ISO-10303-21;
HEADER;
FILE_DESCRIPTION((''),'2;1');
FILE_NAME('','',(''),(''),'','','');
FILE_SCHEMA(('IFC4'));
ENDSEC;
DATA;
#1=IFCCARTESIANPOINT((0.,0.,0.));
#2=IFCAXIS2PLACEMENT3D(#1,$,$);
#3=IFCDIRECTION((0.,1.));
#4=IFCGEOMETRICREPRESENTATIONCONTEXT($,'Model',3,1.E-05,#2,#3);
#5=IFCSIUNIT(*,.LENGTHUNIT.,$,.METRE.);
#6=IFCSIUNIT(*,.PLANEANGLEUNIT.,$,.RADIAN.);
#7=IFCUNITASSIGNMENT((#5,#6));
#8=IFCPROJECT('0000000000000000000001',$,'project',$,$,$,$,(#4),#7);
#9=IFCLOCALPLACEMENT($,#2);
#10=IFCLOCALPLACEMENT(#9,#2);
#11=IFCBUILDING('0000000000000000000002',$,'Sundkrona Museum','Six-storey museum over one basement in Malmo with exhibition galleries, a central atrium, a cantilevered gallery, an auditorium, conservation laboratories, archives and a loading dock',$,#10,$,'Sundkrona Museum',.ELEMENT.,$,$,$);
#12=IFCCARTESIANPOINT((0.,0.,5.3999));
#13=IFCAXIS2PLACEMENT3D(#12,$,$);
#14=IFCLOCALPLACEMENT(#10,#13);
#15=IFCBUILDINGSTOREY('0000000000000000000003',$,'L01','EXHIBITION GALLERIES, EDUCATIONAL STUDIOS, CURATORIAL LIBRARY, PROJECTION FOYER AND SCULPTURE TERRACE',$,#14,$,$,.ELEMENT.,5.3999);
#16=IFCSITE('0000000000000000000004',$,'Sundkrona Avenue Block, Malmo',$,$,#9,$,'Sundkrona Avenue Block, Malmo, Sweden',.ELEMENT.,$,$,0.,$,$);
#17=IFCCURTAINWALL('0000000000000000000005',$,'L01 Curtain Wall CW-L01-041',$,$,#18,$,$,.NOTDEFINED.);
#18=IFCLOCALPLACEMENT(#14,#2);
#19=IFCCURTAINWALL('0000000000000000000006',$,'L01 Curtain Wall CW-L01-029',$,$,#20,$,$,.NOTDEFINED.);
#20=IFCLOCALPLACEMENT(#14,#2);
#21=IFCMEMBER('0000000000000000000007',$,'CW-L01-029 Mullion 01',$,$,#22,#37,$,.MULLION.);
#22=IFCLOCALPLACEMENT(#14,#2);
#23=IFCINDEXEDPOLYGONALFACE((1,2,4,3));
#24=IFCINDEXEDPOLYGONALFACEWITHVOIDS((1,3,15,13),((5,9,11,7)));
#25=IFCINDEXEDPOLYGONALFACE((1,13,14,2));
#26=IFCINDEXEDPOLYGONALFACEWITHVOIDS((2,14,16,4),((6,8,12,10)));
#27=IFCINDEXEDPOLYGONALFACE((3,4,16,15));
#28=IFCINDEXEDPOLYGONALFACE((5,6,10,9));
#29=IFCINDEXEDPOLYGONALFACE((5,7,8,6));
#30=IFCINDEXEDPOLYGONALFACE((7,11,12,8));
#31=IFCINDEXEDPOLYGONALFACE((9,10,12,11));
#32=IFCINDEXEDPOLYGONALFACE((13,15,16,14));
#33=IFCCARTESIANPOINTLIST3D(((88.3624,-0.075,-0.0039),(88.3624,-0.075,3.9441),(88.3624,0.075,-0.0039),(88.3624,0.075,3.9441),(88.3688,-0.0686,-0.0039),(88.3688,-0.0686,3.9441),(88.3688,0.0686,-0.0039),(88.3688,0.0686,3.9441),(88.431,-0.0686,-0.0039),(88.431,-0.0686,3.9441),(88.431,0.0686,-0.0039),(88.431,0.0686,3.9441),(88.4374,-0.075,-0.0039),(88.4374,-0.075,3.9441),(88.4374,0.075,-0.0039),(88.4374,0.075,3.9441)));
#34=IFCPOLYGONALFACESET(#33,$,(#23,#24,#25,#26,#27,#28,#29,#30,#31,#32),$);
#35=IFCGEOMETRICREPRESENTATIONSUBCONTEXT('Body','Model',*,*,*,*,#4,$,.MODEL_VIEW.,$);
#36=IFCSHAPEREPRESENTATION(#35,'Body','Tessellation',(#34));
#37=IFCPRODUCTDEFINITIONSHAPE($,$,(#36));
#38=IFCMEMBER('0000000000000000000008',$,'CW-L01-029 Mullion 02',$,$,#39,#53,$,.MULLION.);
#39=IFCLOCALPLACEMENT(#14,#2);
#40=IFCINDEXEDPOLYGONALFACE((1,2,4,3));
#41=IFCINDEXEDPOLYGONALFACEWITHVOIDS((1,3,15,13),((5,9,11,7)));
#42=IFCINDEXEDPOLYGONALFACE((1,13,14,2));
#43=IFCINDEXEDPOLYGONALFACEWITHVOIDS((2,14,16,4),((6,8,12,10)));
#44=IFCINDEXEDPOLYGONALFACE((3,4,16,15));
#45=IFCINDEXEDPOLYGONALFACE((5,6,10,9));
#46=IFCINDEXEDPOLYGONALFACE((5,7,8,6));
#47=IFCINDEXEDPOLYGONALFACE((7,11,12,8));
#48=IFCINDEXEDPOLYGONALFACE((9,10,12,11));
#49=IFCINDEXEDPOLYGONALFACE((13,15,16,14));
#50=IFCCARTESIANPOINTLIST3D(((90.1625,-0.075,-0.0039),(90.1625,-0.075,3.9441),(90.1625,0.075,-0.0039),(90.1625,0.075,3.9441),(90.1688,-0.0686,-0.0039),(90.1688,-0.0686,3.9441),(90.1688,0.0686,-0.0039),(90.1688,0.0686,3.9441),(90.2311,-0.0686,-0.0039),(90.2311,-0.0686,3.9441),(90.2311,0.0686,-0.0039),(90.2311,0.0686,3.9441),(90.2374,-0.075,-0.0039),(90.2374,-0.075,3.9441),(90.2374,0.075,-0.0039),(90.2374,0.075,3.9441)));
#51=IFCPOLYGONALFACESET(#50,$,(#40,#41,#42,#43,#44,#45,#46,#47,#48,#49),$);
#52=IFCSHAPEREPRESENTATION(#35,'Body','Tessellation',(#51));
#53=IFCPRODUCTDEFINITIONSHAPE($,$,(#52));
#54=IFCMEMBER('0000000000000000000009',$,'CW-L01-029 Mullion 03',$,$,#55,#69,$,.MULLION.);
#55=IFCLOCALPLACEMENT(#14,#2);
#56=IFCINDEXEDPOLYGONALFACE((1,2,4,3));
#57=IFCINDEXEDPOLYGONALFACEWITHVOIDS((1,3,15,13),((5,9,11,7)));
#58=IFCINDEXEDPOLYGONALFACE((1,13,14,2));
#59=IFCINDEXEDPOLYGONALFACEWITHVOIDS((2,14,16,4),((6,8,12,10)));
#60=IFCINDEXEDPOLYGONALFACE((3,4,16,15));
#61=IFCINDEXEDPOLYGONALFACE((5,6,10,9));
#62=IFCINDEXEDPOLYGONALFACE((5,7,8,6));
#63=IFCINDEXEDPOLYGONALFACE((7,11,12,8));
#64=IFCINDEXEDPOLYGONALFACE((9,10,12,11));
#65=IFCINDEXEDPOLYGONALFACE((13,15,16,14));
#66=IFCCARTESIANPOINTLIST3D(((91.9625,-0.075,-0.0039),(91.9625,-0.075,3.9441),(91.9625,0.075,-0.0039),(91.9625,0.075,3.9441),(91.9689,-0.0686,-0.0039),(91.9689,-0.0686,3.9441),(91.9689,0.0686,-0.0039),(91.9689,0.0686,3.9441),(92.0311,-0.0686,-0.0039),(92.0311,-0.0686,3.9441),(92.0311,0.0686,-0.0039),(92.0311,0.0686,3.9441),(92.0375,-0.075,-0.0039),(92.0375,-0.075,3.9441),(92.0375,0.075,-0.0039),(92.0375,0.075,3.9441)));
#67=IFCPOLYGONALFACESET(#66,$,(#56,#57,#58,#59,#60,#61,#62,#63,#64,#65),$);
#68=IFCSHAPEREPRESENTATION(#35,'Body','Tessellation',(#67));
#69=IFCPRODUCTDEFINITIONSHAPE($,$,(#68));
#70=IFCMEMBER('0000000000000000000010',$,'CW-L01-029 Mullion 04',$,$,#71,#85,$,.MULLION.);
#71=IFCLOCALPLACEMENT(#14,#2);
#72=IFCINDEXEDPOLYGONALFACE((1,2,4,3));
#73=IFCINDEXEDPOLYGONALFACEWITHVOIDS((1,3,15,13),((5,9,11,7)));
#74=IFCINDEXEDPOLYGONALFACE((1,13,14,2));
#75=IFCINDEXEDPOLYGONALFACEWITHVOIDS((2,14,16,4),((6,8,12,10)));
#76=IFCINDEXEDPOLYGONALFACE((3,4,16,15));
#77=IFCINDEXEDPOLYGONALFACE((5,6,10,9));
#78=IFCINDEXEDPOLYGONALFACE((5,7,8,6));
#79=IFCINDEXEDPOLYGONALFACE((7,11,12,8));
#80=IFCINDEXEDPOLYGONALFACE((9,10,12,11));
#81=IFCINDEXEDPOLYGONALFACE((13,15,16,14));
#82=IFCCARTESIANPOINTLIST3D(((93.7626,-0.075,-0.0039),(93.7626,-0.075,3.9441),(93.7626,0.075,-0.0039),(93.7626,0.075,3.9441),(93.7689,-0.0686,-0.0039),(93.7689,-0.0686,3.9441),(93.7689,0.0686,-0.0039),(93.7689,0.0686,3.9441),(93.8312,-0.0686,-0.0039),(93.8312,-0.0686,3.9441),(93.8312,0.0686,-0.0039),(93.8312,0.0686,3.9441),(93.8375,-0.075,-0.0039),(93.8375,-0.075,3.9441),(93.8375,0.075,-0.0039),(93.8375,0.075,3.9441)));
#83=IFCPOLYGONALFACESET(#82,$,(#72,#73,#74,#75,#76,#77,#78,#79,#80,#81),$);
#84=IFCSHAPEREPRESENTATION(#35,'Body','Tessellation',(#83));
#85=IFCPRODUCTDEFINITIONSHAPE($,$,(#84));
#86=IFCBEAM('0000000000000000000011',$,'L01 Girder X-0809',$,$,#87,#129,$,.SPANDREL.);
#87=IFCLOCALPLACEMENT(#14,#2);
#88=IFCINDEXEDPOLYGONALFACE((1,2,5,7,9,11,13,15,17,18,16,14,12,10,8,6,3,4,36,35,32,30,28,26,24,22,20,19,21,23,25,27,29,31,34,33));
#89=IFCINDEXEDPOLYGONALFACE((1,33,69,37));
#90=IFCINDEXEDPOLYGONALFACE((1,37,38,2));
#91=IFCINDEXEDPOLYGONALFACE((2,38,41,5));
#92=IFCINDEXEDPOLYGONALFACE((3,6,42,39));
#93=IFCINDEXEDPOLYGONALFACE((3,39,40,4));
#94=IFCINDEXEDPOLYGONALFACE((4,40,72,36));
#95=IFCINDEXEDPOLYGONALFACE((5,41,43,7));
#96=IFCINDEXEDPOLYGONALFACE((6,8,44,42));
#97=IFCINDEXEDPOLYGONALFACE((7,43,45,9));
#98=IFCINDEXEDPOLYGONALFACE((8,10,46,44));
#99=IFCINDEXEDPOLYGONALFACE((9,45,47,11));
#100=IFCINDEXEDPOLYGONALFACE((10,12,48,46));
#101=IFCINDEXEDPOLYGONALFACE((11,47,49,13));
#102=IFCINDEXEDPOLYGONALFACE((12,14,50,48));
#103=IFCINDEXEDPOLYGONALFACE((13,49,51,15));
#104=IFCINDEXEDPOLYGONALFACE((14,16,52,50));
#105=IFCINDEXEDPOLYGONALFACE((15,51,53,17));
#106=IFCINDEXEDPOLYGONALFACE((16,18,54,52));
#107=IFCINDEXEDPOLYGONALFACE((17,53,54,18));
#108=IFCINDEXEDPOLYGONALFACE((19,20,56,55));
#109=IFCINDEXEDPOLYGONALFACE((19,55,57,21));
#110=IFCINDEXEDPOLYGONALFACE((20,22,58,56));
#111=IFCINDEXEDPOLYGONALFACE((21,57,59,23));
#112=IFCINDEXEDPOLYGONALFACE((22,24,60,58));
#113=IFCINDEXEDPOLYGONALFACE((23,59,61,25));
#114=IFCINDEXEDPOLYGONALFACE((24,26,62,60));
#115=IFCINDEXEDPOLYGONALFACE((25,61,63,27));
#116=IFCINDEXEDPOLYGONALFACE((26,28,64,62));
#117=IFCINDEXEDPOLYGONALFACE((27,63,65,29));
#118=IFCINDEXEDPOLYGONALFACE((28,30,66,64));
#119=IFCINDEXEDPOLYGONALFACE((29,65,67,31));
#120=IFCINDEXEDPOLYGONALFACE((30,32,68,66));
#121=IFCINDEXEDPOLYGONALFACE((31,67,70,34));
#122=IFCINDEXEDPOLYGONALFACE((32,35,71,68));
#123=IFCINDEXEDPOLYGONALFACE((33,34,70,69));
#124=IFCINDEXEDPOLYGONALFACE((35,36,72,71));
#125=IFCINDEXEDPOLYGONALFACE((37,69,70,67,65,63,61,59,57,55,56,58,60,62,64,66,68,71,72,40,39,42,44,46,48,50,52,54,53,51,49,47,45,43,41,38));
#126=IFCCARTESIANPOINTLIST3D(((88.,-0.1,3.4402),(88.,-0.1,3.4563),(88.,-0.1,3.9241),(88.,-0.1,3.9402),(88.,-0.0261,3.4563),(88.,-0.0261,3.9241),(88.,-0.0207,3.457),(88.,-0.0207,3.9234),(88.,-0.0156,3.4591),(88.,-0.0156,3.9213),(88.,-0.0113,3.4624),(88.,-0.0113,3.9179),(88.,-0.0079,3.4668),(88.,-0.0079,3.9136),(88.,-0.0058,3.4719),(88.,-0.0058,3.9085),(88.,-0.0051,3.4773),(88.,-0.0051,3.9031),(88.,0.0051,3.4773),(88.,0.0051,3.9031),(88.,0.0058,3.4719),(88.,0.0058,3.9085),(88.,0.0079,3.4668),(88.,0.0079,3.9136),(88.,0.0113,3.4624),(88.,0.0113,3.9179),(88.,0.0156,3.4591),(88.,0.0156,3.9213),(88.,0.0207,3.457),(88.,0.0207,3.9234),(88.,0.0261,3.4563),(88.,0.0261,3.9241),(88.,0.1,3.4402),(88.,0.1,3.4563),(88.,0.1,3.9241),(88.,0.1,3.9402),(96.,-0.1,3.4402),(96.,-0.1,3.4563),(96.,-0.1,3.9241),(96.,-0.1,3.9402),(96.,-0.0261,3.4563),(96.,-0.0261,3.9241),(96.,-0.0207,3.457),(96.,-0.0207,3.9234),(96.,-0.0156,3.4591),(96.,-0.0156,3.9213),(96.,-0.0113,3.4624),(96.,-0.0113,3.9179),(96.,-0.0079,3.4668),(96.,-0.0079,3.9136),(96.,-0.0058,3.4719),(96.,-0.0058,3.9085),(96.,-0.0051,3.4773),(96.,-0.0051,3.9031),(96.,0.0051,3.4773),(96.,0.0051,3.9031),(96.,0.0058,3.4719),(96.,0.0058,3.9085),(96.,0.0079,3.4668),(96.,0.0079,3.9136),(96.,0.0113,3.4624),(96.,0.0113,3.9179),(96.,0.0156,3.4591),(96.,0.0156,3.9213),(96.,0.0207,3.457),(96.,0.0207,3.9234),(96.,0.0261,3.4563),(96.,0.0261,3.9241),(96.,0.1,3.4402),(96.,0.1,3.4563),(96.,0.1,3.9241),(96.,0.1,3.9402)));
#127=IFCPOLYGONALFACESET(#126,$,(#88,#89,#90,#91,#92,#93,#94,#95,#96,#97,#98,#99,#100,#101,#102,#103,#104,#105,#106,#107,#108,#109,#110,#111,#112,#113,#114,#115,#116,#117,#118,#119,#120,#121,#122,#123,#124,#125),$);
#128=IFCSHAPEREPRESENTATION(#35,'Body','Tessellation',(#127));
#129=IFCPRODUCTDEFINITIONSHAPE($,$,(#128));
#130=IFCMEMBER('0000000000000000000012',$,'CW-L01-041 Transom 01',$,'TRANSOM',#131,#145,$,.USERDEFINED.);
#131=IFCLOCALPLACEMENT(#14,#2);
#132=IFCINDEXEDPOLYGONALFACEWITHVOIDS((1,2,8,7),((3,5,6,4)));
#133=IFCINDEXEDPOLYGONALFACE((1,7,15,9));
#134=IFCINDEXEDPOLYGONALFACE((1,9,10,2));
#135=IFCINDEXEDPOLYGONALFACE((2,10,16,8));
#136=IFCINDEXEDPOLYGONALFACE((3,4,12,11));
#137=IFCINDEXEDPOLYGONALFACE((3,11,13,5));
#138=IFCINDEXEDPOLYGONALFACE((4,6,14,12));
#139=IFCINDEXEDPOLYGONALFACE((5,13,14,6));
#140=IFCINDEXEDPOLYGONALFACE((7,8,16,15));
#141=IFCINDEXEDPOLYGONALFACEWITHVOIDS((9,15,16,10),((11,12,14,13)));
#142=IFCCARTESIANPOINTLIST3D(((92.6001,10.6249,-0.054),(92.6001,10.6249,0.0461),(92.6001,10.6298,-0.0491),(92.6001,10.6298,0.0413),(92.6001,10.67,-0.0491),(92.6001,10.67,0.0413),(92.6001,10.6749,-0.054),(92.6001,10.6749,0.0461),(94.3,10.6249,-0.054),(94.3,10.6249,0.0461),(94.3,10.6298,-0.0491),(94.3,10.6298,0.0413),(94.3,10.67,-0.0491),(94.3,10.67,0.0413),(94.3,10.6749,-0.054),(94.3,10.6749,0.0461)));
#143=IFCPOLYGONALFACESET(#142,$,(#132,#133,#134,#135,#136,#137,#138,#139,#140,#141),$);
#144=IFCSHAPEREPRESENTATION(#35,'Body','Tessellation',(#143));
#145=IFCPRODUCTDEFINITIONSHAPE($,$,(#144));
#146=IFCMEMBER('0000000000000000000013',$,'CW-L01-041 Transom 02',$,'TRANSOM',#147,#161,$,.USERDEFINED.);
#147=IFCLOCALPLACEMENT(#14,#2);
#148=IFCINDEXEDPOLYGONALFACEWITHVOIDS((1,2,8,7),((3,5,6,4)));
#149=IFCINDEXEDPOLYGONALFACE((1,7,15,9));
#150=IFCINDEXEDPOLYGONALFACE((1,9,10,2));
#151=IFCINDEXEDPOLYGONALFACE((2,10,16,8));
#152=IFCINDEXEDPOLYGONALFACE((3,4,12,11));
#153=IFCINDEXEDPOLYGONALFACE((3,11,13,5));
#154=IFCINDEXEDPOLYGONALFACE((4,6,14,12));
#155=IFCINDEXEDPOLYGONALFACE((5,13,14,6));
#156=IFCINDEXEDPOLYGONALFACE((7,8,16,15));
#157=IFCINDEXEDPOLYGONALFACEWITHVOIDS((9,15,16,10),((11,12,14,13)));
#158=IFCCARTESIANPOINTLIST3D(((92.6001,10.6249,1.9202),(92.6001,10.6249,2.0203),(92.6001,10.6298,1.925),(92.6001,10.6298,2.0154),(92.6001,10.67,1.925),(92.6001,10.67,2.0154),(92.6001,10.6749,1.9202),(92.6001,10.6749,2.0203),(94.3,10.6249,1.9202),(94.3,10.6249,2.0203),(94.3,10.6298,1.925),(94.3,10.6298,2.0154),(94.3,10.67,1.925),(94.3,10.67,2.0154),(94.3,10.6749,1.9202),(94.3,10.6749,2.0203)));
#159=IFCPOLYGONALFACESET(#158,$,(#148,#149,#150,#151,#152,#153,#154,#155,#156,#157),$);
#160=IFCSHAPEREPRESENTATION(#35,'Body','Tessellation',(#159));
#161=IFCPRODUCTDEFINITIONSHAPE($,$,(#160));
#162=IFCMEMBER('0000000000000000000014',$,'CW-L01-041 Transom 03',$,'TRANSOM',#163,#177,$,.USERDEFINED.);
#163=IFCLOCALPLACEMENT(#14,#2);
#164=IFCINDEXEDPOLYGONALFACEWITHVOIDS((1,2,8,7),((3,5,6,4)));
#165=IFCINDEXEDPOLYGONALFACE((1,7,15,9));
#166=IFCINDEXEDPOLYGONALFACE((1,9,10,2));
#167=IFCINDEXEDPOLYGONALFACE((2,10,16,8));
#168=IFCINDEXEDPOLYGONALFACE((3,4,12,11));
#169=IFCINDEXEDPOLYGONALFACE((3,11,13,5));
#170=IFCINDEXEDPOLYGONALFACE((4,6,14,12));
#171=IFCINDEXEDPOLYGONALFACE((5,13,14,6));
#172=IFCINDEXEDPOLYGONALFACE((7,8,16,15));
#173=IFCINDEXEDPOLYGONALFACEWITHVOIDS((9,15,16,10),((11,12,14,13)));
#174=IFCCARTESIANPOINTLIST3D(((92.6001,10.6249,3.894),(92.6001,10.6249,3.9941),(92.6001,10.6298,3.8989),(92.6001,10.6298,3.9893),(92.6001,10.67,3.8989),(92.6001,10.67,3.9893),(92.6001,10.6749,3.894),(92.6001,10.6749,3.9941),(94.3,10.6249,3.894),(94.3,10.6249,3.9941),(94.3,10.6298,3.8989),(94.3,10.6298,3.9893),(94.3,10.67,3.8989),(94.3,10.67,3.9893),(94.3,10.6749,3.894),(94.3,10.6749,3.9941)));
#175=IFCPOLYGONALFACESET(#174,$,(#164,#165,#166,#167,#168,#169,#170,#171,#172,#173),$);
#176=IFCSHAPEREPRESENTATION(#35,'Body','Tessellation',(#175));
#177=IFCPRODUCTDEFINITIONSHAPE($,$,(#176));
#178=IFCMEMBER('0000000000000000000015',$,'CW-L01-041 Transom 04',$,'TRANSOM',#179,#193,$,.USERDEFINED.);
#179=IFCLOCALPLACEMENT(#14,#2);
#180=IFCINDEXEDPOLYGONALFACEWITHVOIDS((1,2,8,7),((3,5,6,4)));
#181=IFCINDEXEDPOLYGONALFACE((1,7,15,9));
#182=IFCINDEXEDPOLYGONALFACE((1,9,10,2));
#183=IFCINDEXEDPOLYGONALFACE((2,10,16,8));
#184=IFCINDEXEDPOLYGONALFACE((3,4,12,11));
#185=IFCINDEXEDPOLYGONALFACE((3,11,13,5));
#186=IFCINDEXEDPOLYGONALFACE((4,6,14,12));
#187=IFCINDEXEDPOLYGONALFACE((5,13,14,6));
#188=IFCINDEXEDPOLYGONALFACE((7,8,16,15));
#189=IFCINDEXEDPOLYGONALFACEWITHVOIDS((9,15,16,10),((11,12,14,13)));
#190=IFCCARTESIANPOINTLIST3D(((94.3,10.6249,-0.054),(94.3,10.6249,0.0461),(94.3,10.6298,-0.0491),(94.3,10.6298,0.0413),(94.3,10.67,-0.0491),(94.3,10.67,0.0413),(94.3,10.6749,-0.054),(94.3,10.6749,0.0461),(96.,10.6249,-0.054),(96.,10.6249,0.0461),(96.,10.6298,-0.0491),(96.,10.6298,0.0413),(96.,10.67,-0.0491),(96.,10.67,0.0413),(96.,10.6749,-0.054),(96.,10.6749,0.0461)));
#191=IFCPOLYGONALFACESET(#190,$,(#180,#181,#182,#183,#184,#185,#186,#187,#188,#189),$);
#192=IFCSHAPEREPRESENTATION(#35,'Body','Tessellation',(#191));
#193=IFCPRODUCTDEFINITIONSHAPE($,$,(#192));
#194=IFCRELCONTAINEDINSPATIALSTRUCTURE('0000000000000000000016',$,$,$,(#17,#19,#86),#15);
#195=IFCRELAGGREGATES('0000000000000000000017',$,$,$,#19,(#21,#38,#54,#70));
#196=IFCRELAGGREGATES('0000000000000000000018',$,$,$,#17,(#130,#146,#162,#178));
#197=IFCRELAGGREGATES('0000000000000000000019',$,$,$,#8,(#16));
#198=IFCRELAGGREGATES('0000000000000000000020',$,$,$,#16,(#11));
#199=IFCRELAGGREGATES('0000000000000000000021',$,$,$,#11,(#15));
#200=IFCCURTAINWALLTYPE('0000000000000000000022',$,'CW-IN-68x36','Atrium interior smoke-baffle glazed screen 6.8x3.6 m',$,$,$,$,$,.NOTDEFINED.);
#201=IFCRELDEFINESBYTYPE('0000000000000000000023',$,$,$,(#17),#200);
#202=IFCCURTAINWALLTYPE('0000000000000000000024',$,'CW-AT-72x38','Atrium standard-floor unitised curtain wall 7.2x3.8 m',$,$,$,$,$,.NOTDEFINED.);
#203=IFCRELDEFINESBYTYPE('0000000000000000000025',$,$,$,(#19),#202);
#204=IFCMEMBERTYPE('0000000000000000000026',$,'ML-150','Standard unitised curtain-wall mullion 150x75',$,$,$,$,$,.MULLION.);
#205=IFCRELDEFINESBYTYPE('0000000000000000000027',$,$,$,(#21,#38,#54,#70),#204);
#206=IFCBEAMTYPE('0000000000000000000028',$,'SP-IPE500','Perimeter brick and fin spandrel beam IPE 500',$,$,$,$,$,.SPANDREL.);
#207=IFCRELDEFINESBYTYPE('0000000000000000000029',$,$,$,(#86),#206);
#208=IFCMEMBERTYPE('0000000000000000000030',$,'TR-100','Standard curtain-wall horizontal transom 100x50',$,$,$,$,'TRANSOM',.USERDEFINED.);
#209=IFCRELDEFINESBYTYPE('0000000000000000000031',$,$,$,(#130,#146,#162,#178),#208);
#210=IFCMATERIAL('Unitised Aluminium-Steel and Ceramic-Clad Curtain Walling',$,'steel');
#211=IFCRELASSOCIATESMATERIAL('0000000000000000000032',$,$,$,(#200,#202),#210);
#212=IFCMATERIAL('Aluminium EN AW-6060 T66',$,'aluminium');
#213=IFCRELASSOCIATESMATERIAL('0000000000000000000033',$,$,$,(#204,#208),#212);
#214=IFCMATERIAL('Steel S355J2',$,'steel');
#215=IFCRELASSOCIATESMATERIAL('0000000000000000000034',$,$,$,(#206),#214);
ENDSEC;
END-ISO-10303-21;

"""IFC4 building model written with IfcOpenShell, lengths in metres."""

from ifc_helpers import new_model, si_unit, direction, frame, origin, origin_2d, place, context, subcontext, project, spatial, hollow_rectangle, i_section, extrude, material, material_profile, profile_set, type_object, element, aggregate, save


model = new_model("IFC4")

# Units and contexts
model_context = context("Model", 3, precision=1e-05, world=origin(), true_north=direction((0.0, 1.0)))
body_context = subcontext(model_context, "Body", "Model", "MODEL_VIEW")
ifc_project = project(units=[si_unit("LENGTHUNIT", "METRE"), si_unit("PLANEANGLEUNIT", "RADIAN")], contexts=[model_context])

# Site, building, storey
site_placement = place(None, origin())
site = spatial("IfcSite", under=ifc_project, at=site_placement, Name="Sundkrona Avenue Block, Malmo", LongName="Sundkrona Avenue Block, Malmo, Sweden", CompositionType="ELEMENT", RefElevation=0.0)
building_placement = place(site_placement, origin())
building = spatial("IfcBuilding", under=site, at=building_placement, Name="Sundkrona Museum", Description="Six-storey museum over one basement in Malmo with exhibition galleries, a central atrium, a cantilevered gallery, an auditorium, conservation laboratories, archives and a loading dock", LongName="Sundkrona Museum", CompositionType="ELEMENT")
storey_placement = place(building_placement, frame((0.0, 0.0, 5.3999)))
storey = spatial("IfcBuildingStorey", under=building, at=storey_placement, Name="L01", Description="EXHIBITION GALLERIES, EDUCATIONAL STUDIOS, CURATORIAL LIBRARY, PROJECTION FOYER AND SCULPTURE TERRACE", CompositionType="ELEMENT", Elevation=5.3999)

# Shared definitions
ifc_material_1 = material(Name="Steel S355J2", Category="steel")

# Curtain walls, members
ifc_material_2 = material(Name="Unitised Aluminium-Steel and Ceramic-Clad Curtain Walling", Category="steel")
curtain_wall_type_1 = type_object("IfcCurtainWallType", Name="CW-IN-68x36", Description="Atrium interior smoke-baffle glazed screen 6.8x3.6 m", PredefinedType="NOTDEFINED", material=ifc_material_2)
curtain_wall_1_placement = place(storey_placement, origin())
curtain_wall_1 = element("IfcCurtainWall", 1, at=curtain_wall_1_placement, inside=storey, type_object=curtain_wall_type_1, Name="L01 Curtain Wall CW-L01-041", PredefinedType="NOTDEFINED")
ifc_material_3 = material(Name="Aluminium EN AW-6060 T66", Category="aluminium")
curtain_wall_type_2 = type_object("IfcCurtainWallType", Name="CW-AT-72x38", Description="Atrium standard-floor unitised curtain wall 7.2x3.8 m", PredefinedType="NOTDEFINED", material=ifc_material_2)
curtain_wall_2_placement = place(storey_placement, origin())
curtain_wall_2 = element("IfcCurtainWall", 2, at=curtain_wall_2_placement, inside=storey, type_object=curtain_wall_type_2, Name="L01 Curtain Wall CW-L01-029", PredefinedType="NOTDEFINED")
ifc_material_profile_1 = material_profile(ifc_material_3, hollow_rectangle(XDim=0.075, YDim=0.1499, WallThickness=0.0063, at=origin_2d()), Name="RHS 150x75x6.3")
ifc_profile_set_1 = profile_set([ifc_material_profile_1], Name="Aluminium EN AW-6060 T66")
member_type_1 = type_object("IfcMemberType", Name="ML-150", Description="Standard unitised curtain-wall mullion 150x75", PredefinedType="MULLION", material=ifc_profile_set_1)
member_1_placement = place(storey_placement, frame((88.3999, 0.0, -0.0039), z_axis=(0.0, 0.0, 1.0), x_axis=(1.0, 0.0, 0.0)))
member_1 = element("IfcMember", 3, at=member_1_placement, type_object=member_type_1, Name="CW-L01-029 Mullion 01", PredefinedType="MULLION", context=body_context, shape_type="SweptSolid", body=[
    extrude(hollow_rectangle(XDim=0.075, YDim=0.1499, WallThickness=0.0063, at=origin_2d()), origin(), (0.0, 0.0, 1.0), 3.948),
])
member_2_placement = place(storey_placement, frame((90.2, 0.0, -0.0039), z_axis=(0.0, 0.0, 1.0), x_axis=(1.0, 0.0, 0.0)))
member_2 = element("IfcMember", 4, at=member_2_placement, type_object=member_type_1, Name="CW-L01-029 Mullion 02", PredefinedType="MULLION", context=body_context, shape_type="SweptSolid", body=[
    extrude(hollow_rectangle(XDim=0.075, YDim=0.1499, WallThickness=0.0063, at=origin_2d()), origin(), (0.0, 0.0, 1.0), 3.948),
])
member_3_placement = place(storey_placement, frame((92.0, 0.0, -0.0039), z_axis=(0.0, 0.0, 1.0), x_axis=(1.0, 0.0, 0.0)))
member_3 = element("IfcMember", 5, at=member_3_placement, type_object=member_type_1, Name="CW-L01-029 Mullion 03", PredefinedType="MULLION", context=body_context, shape_type="SweptSolid", body=[
    extrude(hollow_rectangle(XDim=0.075, YDim=0.1499, WallThickness=0.0063, at=origin_2d()), origin(), (0.0, 0.0, 1.0), 3.948),
])
member_4_placement = place(storey_placement, frame((93.8, 0.0, -0.0039), z_axis=(0.0, 0.0, 1.0), x_axis=(1.0, 0.0, 0.0)))
member_4 = element("IfcMember", 6, at=member_4_placement, type_object=member_type_1, Name="CW-L01-029 Mullion 04", PredefinedType="MULLION", context=body_context, shape_type="SweptSolid", body=[
    extrude(hollow_rectangle(XDim=0.075, YDim=0.1499, WallThickness=0.0063, at=origin_2d()), origin(), (0.0, 0.0, 1.0), 3.948),
])

# Beam
ifc_material_profile_2 = material_profile(ifc_material_1, i_section(OverallWidth=0.2, OverallDepth=0.5, WebThickness=0.0103, FlangeThickness=0.0161, FilletRadius=0.021, at=origin_2d()), Name="IPE 500")
ifc_profile_set_2 = profile_set([ifc_material_profile_2], Name="Steel S355J2")
beam_type_1 = type_object("IfcBeamType", Name="SP-IPE500", Description="Perimeter brick and fin spandrel beam IPE 500", PredefinedType="SPANDREL", material=ifc_profile_set_2)
beam_placement = place(storey_placement, frame((88.0, 0.0, 3.6902), z_axis=(1.0, 0.0, 0.0), x_axis=(0.0, 1.0, 0.0)))
element("IfcBeam", 7, at=beam_placement, inside=storey, type_object=beam_type_1, Name="L01 Girder X-0809", PredefinedType="SPANDREL", context=body_context, shape_type="SweptSolid", body=[
    extrude(i_section(OverallWidth=0.2, OverallDepth=0.5, WebThickness=0.0103, FlangeThickness=0.0161, FilletRadius=0.021, at=origin_2d()), origin(), (0.0, 0.0, 1.0), 8.0),
])

# Members
ifc_material_profile_3 = material_profile(ifc_material_3, hollow_rectangle(XDim=0.05, YDim=0.1001, WallThickness=0.0049, at=origin_2d()), Name="RHS 100x50x5.0")
ifc_profile_set_3 = profile_set([ifc_material_profile_3], Name="Aluminium EN AW-6060 T66")
member_type_2 = type_object("IfcMemberType", Name="TR-100", Description="Standard curtain-wall horizontal transom 100x50", ElementType="TRANSOM", PredefinedType="USERDEFINED", material=ifc_profile_set_3)
member_5_placement = place(storey_placement, frame((92.6001, 10.6499, -0.0039), z_axis=(1.0, 0.0, 0.0), x_axis=(0.0, 1.0, 0.0)))
member_5 = element("IfcMember", 8, at=member_5_placement, type_object=member_type_2, Name="CW-L01-041 Transom 01", ObjectType="TRANSOM", PredefinedType="USERDEFINED", context=body_context, shape_type="SweptSolid", body=[
    extrude(hollow_rectangle(XDim=0.05, YDim=0.1001, WallThickness=0.0049, at=origin_2d()), origin(), (0.0, 0.0, 1.0), 1.7),
])
member_6_placement = place(storey_placement, frame((92.6001, 10.6499, 1.9702), z_axis=(1.0, 0.0, 0.0), x_axis=(0.0, 1.0, 0.0)))
member_6 = element("IfcMember", 9, at=member_6_placement, type_object=member_type_2, Name="CW-L01-041 Transom 02", ObjectType="TRANSOM", PredefinedType="USERDEFINED", context=body_context, shape_type="SweptSolid", body=[
    extrude(hollow_rectangle(XDim=0.05, YDim=0.1001, WallThickness=0.0049, at=origin_2d()), origin(), (0.0, 0.0, 1.0), 1.7),
])
member_7_placement = place(storey_placement, frame((92.6001, 10.6499, 3.9441), z_axis=(1.0, 0.0, 0.0), x_axis=(0.0, 1.0, 0.0)))
member_7 = element("IfcMember", 10, at=member_7_placement, type_object=member_type_2, Name="CW-L01-041 Transom 03", ObjectType="TRANSOM", PredefinedType="USERDEFINED", context=body_context, shape_type="SweptSolid", body=[
    extrude(hollow_rectangle(XDim=0.05, YDim=0.1001, WallThickness=0.0049, at=origin_2d()), origin(), (0.0, 0.0, 1.0), 1.7),
])
member_8_placement = place(storey_placement, frame((94.3, 10.6499, -0.0039), z_axis=(1.0, 0.0, 0.0), x_axis=(0.0, 1.0, 0.0)))
member_8 = element("IfcMember", 11, at=member_8_placement, type_object=member_type_2, Name="CW-L01-041 Transom 04", ObjectType="TRANSOM", PredefinedType="USERDEFINED", context=body_context, shape_type="SweptSolid", body=[
    extrude(hollow_rectangle(XDim=0.05, YDim=0.1001, WallThickness=0.0049, at=origin_2d()), origin(), (0.0, 0.0, 1.0), 1.7),
])

aggregate(curtain_wall_2, [member_1, member_2, member_3, member_4])
aggregate(curtain_wall_1, [member_5, member_6, member_7, member_8])

save(model, "model.ifc")
